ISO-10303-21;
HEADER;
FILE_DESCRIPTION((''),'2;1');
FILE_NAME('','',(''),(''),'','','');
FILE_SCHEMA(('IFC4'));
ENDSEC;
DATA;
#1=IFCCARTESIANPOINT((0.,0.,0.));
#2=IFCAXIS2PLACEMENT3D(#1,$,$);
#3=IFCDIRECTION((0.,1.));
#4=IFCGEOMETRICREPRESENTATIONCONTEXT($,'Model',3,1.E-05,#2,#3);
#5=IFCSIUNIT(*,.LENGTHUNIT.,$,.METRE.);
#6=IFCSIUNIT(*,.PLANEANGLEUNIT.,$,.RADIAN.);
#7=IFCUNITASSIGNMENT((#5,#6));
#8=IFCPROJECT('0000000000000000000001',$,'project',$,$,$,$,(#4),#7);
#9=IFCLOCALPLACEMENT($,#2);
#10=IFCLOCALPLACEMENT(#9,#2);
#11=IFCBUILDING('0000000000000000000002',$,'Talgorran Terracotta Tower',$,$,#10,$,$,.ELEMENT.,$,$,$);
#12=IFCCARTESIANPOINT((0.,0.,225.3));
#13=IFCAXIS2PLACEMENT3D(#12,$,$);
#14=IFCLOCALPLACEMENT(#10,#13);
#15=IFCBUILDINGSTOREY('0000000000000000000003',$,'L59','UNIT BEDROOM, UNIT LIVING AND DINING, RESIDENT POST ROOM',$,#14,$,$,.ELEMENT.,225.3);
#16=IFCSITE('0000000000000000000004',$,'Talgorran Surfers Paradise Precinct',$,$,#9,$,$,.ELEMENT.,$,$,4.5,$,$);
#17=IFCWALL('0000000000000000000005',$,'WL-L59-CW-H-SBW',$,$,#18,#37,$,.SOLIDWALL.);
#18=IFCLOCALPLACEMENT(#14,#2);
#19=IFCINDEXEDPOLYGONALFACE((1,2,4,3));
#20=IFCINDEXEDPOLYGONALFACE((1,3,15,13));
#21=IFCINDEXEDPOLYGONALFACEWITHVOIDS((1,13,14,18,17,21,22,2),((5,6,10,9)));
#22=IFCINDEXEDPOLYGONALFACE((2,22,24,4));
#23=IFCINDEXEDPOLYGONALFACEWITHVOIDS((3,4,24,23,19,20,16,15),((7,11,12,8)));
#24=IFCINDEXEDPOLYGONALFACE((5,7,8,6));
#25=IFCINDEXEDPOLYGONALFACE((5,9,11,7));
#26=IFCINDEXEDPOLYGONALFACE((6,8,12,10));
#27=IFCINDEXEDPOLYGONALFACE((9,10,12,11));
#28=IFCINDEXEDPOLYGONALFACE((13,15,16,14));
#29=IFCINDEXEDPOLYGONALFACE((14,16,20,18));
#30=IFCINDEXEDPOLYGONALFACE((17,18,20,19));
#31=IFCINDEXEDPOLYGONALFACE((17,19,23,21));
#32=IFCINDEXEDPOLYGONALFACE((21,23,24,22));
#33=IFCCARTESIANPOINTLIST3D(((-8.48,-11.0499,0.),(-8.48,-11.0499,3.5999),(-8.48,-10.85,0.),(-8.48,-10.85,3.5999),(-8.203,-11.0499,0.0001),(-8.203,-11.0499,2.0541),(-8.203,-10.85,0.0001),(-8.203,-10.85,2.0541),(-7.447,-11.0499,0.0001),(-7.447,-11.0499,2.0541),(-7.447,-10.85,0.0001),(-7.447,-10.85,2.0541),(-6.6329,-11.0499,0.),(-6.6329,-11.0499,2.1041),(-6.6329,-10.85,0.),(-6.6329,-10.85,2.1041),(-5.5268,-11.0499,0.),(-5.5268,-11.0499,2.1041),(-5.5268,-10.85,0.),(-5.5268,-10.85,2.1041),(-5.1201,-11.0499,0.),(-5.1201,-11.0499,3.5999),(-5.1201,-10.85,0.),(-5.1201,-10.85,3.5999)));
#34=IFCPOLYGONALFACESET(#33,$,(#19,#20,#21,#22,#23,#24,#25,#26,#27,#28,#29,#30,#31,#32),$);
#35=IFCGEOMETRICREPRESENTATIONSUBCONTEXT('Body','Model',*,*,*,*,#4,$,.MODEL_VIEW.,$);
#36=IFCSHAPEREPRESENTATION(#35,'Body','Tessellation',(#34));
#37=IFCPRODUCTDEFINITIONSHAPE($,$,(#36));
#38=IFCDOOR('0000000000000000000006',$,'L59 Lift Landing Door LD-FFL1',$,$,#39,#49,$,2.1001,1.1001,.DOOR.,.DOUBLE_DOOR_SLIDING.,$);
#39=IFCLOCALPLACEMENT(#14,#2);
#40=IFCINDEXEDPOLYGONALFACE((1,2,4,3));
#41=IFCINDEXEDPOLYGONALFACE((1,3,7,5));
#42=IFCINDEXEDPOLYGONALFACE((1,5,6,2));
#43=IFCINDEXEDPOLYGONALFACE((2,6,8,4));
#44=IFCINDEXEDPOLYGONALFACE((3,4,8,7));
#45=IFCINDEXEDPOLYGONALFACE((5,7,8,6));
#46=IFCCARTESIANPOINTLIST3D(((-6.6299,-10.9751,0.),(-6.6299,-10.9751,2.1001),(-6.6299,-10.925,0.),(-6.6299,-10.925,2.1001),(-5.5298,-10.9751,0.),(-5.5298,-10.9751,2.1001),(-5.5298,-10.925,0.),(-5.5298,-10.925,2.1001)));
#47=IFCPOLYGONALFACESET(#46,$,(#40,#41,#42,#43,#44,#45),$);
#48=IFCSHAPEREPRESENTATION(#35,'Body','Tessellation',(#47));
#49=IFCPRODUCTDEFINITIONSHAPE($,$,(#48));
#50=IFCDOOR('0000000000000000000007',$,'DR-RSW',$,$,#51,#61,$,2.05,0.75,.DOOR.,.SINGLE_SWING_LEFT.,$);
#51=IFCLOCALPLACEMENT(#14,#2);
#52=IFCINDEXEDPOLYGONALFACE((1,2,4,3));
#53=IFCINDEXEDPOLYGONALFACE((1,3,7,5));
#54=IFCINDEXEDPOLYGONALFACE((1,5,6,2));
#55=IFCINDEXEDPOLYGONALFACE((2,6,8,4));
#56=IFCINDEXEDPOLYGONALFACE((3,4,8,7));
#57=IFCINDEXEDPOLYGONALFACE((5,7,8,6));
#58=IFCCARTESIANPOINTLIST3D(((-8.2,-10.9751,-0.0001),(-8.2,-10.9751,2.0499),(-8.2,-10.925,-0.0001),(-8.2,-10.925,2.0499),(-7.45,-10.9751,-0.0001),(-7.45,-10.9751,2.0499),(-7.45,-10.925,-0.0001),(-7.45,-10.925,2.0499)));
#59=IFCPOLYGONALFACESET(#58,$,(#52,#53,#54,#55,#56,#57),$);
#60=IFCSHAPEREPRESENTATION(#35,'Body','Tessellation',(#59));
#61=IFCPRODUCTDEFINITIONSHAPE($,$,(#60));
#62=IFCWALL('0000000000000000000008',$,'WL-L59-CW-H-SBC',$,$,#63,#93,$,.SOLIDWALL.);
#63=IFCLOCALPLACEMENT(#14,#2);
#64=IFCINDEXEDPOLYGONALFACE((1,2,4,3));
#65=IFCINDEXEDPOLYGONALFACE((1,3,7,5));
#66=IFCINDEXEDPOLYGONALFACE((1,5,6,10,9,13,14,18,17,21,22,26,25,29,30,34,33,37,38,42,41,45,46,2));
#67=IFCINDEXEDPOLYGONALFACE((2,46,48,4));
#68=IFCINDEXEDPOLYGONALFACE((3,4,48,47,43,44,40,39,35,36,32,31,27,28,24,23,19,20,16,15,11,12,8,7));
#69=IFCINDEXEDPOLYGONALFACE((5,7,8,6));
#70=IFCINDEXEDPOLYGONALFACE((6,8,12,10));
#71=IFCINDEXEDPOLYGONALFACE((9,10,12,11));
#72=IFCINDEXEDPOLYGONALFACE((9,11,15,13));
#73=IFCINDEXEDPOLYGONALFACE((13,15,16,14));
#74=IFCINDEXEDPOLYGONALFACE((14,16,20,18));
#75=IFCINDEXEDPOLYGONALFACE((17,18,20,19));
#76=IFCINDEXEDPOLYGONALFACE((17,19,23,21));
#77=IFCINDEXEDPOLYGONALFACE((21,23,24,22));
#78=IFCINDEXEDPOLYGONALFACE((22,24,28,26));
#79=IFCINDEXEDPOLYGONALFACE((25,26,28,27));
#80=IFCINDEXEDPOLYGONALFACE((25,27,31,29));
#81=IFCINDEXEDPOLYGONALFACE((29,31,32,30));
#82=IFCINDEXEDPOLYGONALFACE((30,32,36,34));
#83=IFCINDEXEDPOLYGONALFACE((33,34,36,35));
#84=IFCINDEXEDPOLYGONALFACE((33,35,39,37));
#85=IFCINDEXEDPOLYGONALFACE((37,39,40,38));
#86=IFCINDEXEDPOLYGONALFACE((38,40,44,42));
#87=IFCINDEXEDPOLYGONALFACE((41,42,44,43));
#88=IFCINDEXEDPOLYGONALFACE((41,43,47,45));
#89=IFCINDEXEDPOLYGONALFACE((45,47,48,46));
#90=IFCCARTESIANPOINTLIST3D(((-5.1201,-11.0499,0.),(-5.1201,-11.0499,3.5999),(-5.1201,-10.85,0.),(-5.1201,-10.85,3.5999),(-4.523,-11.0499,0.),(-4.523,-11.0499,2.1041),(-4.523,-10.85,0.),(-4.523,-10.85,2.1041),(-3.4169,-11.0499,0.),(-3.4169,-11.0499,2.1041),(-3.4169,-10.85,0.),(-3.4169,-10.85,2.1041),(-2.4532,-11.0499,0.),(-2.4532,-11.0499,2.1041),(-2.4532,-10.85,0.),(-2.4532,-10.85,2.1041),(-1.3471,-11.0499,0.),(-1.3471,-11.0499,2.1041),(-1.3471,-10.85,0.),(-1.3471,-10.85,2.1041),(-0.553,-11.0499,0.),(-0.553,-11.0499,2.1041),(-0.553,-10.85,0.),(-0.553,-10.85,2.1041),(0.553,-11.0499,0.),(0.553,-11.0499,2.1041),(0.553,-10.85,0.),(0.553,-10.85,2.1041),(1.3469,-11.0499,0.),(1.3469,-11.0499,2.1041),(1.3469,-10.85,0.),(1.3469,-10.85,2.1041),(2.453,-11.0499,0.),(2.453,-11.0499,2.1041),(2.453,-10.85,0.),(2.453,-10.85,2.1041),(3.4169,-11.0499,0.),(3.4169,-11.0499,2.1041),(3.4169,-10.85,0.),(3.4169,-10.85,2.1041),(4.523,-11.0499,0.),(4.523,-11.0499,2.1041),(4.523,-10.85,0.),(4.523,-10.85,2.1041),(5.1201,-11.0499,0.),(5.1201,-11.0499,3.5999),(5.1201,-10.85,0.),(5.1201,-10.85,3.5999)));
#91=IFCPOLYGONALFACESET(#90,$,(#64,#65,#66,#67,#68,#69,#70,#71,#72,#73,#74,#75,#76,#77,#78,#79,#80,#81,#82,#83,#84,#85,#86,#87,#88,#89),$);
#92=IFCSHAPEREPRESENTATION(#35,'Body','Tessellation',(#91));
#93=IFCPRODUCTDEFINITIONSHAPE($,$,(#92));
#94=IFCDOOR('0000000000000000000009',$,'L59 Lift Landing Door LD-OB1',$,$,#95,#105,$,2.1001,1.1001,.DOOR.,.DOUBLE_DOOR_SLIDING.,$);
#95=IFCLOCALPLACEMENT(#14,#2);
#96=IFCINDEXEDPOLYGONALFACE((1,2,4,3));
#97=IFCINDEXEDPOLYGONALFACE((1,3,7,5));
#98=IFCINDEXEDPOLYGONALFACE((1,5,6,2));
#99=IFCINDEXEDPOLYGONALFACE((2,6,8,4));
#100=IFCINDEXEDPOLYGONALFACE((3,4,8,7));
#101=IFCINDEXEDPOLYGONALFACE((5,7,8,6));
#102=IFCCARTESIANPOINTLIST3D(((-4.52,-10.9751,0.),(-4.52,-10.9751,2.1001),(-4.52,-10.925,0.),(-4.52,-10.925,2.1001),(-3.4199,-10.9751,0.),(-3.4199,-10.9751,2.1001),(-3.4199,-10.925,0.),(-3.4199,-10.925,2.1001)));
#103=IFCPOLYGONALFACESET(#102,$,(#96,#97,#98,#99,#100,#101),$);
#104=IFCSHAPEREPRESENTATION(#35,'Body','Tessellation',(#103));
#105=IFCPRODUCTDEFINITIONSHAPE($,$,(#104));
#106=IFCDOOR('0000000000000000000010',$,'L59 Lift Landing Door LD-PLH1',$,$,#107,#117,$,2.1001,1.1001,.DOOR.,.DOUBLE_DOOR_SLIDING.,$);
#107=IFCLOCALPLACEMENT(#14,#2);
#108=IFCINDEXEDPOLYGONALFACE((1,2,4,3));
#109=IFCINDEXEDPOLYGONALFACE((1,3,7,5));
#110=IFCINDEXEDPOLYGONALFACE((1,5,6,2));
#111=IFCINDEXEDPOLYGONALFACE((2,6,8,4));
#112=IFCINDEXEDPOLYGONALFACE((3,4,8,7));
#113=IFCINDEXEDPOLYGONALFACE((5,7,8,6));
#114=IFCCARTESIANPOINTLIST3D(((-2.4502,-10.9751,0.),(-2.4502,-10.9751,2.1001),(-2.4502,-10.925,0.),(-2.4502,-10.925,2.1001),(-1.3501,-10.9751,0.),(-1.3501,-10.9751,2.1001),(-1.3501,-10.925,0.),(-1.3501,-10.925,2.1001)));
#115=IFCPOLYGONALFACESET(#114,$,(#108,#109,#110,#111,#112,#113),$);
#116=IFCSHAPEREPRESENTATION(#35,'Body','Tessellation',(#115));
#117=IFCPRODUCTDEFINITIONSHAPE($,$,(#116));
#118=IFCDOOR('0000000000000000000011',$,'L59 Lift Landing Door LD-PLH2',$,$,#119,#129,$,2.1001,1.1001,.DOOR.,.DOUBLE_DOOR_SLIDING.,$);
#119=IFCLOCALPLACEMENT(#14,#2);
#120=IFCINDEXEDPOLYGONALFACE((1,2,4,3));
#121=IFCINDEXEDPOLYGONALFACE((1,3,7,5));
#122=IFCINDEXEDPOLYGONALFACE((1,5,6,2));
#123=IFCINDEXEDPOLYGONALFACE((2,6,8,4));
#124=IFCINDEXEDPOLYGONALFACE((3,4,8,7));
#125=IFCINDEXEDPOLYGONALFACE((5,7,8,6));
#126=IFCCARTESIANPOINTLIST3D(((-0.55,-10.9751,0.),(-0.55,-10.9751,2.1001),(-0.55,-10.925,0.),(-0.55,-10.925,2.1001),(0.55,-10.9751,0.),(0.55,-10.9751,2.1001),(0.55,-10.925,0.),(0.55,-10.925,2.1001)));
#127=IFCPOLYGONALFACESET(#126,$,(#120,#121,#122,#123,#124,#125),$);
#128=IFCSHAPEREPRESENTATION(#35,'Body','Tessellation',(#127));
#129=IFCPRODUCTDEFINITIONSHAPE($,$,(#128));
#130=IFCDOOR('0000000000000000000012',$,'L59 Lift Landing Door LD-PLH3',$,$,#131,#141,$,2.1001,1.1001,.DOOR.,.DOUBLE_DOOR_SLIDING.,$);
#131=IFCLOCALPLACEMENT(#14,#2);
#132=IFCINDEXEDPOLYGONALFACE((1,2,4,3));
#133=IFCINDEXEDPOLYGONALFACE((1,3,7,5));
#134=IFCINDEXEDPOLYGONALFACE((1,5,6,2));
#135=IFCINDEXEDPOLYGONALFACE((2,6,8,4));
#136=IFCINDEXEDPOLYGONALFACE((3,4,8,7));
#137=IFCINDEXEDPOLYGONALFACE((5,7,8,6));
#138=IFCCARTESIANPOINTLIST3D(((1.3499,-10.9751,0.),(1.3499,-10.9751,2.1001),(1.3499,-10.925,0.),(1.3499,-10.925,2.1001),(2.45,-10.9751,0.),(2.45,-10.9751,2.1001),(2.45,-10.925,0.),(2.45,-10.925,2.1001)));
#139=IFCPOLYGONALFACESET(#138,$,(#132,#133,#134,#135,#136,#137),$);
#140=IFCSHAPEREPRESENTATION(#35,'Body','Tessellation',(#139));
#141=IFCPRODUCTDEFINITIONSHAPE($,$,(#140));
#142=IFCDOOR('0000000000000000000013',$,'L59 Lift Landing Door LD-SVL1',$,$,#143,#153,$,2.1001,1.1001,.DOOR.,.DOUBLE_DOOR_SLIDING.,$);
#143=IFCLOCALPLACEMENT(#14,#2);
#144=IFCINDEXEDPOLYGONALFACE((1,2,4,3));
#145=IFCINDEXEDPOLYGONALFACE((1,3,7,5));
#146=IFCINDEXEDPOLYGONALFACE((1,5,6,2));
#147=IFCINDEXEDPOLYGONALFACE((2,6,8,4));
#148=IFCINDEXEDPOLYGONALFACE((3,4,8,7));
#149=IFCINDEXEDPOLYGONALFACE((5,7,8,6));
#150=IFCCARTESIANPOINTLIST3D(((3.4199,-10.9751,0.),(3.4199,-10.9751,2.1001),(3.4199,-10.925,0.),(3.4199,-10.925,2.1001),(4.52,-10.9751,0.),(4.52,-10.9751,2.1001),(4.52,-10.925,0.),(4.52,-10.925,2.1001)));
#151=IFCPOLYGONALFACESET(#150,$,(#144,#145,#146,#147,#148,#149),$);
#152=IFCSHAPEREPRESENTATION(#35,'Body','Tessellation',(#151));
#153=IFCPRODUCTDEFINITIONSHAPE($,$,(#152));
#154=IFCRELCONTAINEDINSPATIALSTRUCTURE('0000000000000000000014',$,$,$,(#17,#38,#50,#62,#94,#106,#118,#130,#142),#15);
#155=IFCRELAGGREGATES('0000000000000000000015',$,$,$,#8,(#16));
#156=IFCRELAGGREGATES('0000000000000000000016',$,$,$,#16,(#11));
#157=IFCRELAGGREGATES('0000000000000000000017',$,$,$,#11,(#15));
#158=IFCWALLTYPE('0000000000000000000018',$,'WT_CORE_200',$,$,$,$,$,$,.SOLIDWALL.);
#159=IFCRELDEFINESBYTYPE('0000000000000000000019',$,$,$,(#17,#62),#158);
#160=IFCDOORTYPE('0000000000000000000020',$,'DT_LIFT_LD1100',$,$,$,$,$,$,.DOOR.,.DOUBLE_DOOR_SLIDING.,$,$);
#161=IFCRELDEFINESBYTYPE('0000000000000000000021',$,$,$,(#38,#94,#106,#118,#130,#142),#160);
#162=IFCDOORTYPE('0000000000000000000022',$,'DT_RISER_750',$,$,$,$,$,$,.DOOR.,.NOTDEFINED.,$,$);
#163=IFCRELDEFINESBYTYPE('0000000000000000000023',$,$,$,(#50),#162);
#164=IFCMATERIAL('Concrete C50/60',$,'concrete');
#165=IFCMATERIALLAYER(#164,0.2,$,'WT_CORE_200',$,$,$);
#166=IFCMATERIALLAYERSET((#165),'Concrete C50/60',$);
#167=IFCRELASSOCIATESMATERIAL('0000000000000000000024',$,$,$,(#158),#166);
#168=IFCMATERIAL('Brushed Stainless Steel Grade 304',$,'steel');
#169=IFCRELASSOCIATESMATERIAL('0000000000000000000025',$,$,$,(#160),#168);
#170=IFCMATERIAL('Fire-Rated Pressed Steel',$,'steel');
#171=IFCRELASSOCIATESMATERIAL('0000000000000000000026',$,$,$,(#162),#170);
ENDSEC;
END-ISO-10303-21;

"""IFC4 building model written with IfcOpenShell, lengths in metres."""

from ifc_helpers import new_model, si_unit, direction, frame, frame_2d, origin, place, context, subcontext, project, spatial, rectangle, extrude, material, layer, layer_set, type_object, element, fill, save


model = new_model("IFC4")

# Units and contexts
model_context = context("Model", 3, precision=1e-05, world=origin(), true_north=direction((0.0, 1.0)))
body_context = subcontext(model_context, "Body", "Model", "MODEL_VIEW")
ifc_project = project(units=[si_unit("LENGTHUNIT", "METRE"), si_unit("PLANEANGLEUNIT", "RADIAN")], contexts=[model_context])

# Site, building, storey
site_placement = place(None, origin())
site = spatial("IfcSite", under=ifc_project, at=site_placement, Name="Talgorran Surfers Paradise Precinct", CompositionType="ELEMENT", RefElevation=4.5)
building_placement = place(site_placement, origin())
building = spatial("IfcBuilding", under=site, at=building_placement, Name="Talgorran Terracotta Tower", CompositionType="ELEMENT")
storey_placement = place(building_placement, frame((0.0, 0.0, 225.3)))
storey = spatial("IfcBuildingStorey", under=building, at=storey_placement, Name="L59", Description="UNIT BEDROOM, UNIT LIVING AND DINING, RESIDENT POST ROOM", CompositionType="ELEMENT", Elevation=225.3)

# Shared definitions
ifc_material_1 = material(Name="Concrete C50/60", Category="concrete")

# Walls, openings, doors
ifc_layer_1 = layer(ifc_material_1, 0.2, Name="WT_CORE_200")
ifc_layer_set_1 = layer_set([ifc_layer_1], Name="Concrete C50/60")
wall_type_1 = type_object("IfcWallType", Name="WT_CORE_200", PredefinedType="SOLIDWALL", material=ifc_layer_set_1)
wall_1_placement = place(storey_placement, frame((-8.48, -10.95, 0.0), z_axis=(0.0, 0.0, 1.0), x_axis=(1.0, 0.0, 0.0)))
wall_1 = element("IfcWall", 1, at=wall_1_placement, inside=storey, type_object=wall_type_1, Name="WL-L59-CW-H-SBW", PredefinedType="SOLIDWALL", context=body_context, shape_type="SweptSolid", body=[
    extrude(rectangle(XDim=3.3599, YDim=0.2, at=frame_2d((1.6799, 0.0))), origin(), (0.0, 0.0, 1.0), 3.5999),
])
opening_1_placement = place(wall_1_placement, frame((0.28, 0.0, 0.0)))
opening_1 = element("IfcOpeningElement", 2, at=opening_1_placement, cuts=wall_1, PredefinedType="OPENING", context=body_context, shape_type="SweptSolid", body=[
    extrude(rectangle(XDim=0.756, YDim=2.054, at=frame_2d((0.375, 1.0271))), frame((0.0, 0.1099, 0.0), z_axis=(0.0, -1.0, 0.0), x_axis=(1.0, 0.0, 0.0)), (0.0, 0.0, 1.0), 0.22),
])
opening_2_placement = place(wall_1_placement, frame((1.8501, 0.0, 0.0)))
opening_2 = element("IfcOpeningElement", 3, at=opening_2_placement, cuts=wall_1, PredefinedType="OPENING", context=body_context, shape_type="SweptSolid", body=[
    extrude(rectangle(XDim=1.1061, YDim=2.1041, at=frame_2d((0.55, 1.052))), frame((0.0, 0.1099, 0.0), z_axis=(0.0, -1.0, 0.0), x_axis=(1.0, 0.0, 0.0)), (0.0, 0.0, 1.0), 0.22),
])
ifc_material_2 = material(Name="Brushed Stainless Steel Grade 304", Category="steel")
door_type_1 = type_object("IfcDoorType", Name="DT_LIFT_LD1100", OperationType="DOUBLE_DOOR_SLIDING", PredefinedType="DOOR", material=ifc_material_2)
door_1_placement = place(opening_2_placement, origin())
door_1 = element("IfcDoor", 4, at=door_1_placement, inside=storey, type_object=door_type_1, Name="L59 Lift Landing Door LD-FFL1", OperationType="DOUBLE_DOOR_SLIDING", OverallHeight=2.1001, OverallWidth=1.1001, PredefinedType="DOOR", context=body_context, shape_type="SweptSolid", body=[
    extrude(rectangle(XDim=1.1001, YDim=2.1001, at=frame_2d((0.55, 1.05))), frame((0.0, 0.0249, 0.0), z_axis=(0.0, -1.0, 0.0), x_axis=(1.0, 0.0, 0.0)), (0.0, 0.0, 1.0), 0.05),
])
fill(opening_2, door_1)
ifc_material_3 = material(Name="Fire-Rated Pressed Steel", Category="steel")
door_type_2 = type_object("IfcDoorType", Name="DT_RISER_750", OperationType="NOTDEFINED", PredefinedType="DOOR", material=ifc_material_3)
door_2_placement = place(opening_1_placement, origin())
door_2 = element("IfcDoor", 5, at=door_2_placement, inside=storey, type_object=door_type_2, Name="DR-RSW", OperationType="SINGLE_SWING_LEFT", OverallHeight=2.05, OverallWidth=0.75, PredefinedType="DOOR", context=body_context, shape_type="SweptSolid", body=[
    extrude(rectangle(XDim=0.75, YDim=2.05, at=frame_2d((0.375, 1.0249))), frame((0.0, 0.0249, 0.0), z_axis=(0.0, -1.0, 0.0), x_axis=(1.0, 0.0, 0.0)), (0.0, 0.0, 1.0), 0.05),
])
fill(opening_1, door_2)
wall_2_placement = place(storey_placement, frame((-5.1201, -10.95, 0.0), z_axis=(0.0, 0.0, 1.0), x_axis=(1.0, 0.0, 0.0)))
wall_2 = element("IfcWall", 6, at=wall_2_placement, inside=storey, type_object=wall_type_1, Name="WL-L59-CW-H-SBC", PredefinedType="SOLIDWALL", context=body_context, shape_type="SweptSolid", body=[
    extrude(rectangle(XDim=10.2402, YDim=0.2, at=frame_2d((5.1201, 0.0))), origin(), (0.0, 0.0, 1.0), 3.5999),
])
opening_3_placement = place(wall_2_placement, frame((0.6001, 0.0, 0.0)))
opening_3 = element("IfcOpeningElement", 7, at=opening_3_placement, cuts=wall_2, PredefinedType="OPENING", context=body_context, shape_type="SweptSolid", body=[
    extrude(rectangle(XDim=1.1061, YDim=2.1041, at=frame_2d((0.55, 1.052))), frame((0.0, 0.1099, 0.0), z_axis=(0.0, -1.0, 0.0), x_axis=(1.0, 0.0, 0.0)), (0.0, 0.0, 1.0), 0.22),
])
opening_4_placement = place(wall_2_placement, frame((2.6699, 0.0, 0.0)))
opening_4 = element("IfcOpeningElement", 8, at=opening_4_placement, cuts=wall_2, PredefinedType="OPENING", context=body_context, shape_type="SweptSolid", body=[
    extrude(rectangle(XDim=1.1061, YDim=2.1041, at=frame_2d((0.55, 1.052))), frame((0.0, 0.1099, 0.0), z_axis=(0.0, -1.0, 0.0), x_axis=(1.0, 0.0, 0.0)), (0.0, 0.0, 1.0), 0.22),
])
opening_5_placement = place(wall_2_placement, frame((4.5701, 0.0, 0.0)))
opening_5 = element("IfcOpeningElement", 9, at=opening_5_placement, cuts=wall_2, PredefinedType="OPENING", context=body_context, shape_type="SweptSolid", body=[
    extrude(rectangle(XDim=1.1061, YDim=2.1041, at=frame_2d((0.55, 1.052))), frame((0.0, 0.1099, 0.0), z_axis=(0.0, -1.0, 0.0), x_axis=(1.0, 0.0, 0.0)), (0.0, 0.0, 1.0), 0.22),
])
opening_6_placement = place(wall_2_placement, frame((6.47, 0.0, 0.0)))
opening_6 = element("IfcOpeningElement", 10, at=opening_6_placement, cuts=wall_2, PredefinedType="OPENING", context=body_context, shape_type="SweptSolid", body=[
    extrude(rectangle(XDim=1.1061, YDim=2.1041, at=frame_2d((0.55, 1.052))), frame((0.0, 0.1099, 0.0), z_axis=(0.0, -1.0, 0.0), x_axis=(1.0, 0.0, 0.0)), (0.0, 0.0, 1.0), 0.22),
])
opening_7_placement = place(wall_2_placement, frame((8.54, 0.0, 0.0)))
opening_7 = element("IfcOpeningElement", 11, at=opening_7_placement, cuts=wall_2, PredefinedType="OPENING", context=body_context, shape_type="SweptSolid", body=[
    extrude(rectangle(XDim=1.1061, YDim=2.1041, at=frame_2d((0.55, 1.052))), frame((0.0, 0.1099, 0.0), z_axis=(0.0, -1.0, 0.0), x_axis=(1.0, 0.0, 0.0)), (0.0, 0.0, 1.0), 0.22),
])
door_3_placement = place(opening_3_placement, origin())
door_3 = element("IfcDoor", 12, at=door_3_placement, inside=storey, type_object=door_type_1, Name="L59 Lift Landing Door LD-OB1", OperationType="DOUBLE_DOOR_SLIDING", OverallHeight=2.1001, OverallWidth=1.1001, PredefinedType="DOOR", context=body_context, shape_type="SweptSolid", body=[
    extrude(rectangle(XDim=1.1001, YDim=2.1001, at=frame_2d((0.55, 1.05))), frame((0.0, 0.0249, 0.0), z_axis=(0.0, -1.0, 0.0), x_axis=(1.0, 0.0, 0.0)), (0.0, 0.0, 1.0), 0.05),
])
fill(opening_3, door_3)
door_4_placement = place(opening_4_placement, origin())
door_4 = element("IfcDoor", 13, at=door_4_placement, inside=storey, type_object=door_type_1, Name="L59 Lift Landing Door LD-PLH1", OperationType="DOUBLE_DOOR_SLIDING", OverallHeight=2.1001, OverallWidth=1.1001, PredefinedType="DOOR", context=body_context, shape_type="SweptSolid", body=[
    extrude(rectangle(XDim=1.1001, YDim=2.1001, at=frame_2d((0.55, 1.05))), frame((0.0, 0.0249, 0.0), z_axis=(0.0, -1.0, 0.0), x_axis=(1.0, 0.0, 0.0)), (0.0, 0.0, 1.0), 0.05),
])
fill(opening_4, door_4)
door_5_placement = place(opening_5_placement, origin())
door_5 = element("IfcDoor", 14, at=door_5_placement, inside=storey, type_object=door_type_1, Name="L59 Lift Landing Door LD-PLH2", OperationType="DOUBLE_DOOR_SLIDING", OverallHeight=2.1001, OverallWidth=1.1001, PredefinedType="DOOR", context=body_context, shape_type="SweptSolid", body=[
    extrude(rectangle(XDim=1.1001, YDim=2.1001, at=frame_2d((0.55, 1.05))), frame((0.0, 0.0249, 0.0), z_axis=(0.0, -1.0, 0.0), x_axis=(1.0, 0.0, 0.0)), (0.0, 0.0, 1.0), 0.05),
])
fill(opening_5, door_5)
door_6_placement = place(opening_6_placement, origin())
door_6 = element("IfcDoor", 15, at=door_6_placement, inside=storey, type_object=door_type_1, Name="L59 Lift Landing Door LD-PLH3", OperationType="DOUBLE_DOOR_SLIDING", OverallHeight=2.1001, OverallWidth=1.1001, PredefinedType="DOOR", context=body_context, shape_type="SweptSolid", body=[
    extrude(rectangle(XDim=1.1001, YDim=2.1001, at=frame_2d((0.55, 1.05))), frame((0.0, 0.0249, 0.0), z_axis=(0.0, -1.0, 0.0), x_axis=(1.0, 0.0, 0.0)), (0.0, 0.0, 1.0), 0.05),
])
fill(opening_6, door_6)
door_7_placement = place(opening_7_placement, origin())
door_7 = element("IfcDoor", 16, at=door_7_placement, inside=storey, type_object=door_type_1, Name="L59 Lift Landing Door LD-SVL1", OperationType="DOUBLE_DOOR_SLIDING", OverallHeight=2.1001, OverallWidth=1.1001, PredefinedType="DOOR", context=body_context, shape_type="SweptSolid", body=[
    extrude(rectangle(XDim=1.1001, YDim=2.1001, at=frame_2d((0.55, 1.05))), frame((0.0, 0.0249, 0.0), z_axis=(0.0, -1.0, 0.0), x_axis=(1.0, 0.0, 0.0)), (0.0, 0.0, 1.0), 0.05),
])
fill(opening_7, door_7)

save(model, "model.ifc")
